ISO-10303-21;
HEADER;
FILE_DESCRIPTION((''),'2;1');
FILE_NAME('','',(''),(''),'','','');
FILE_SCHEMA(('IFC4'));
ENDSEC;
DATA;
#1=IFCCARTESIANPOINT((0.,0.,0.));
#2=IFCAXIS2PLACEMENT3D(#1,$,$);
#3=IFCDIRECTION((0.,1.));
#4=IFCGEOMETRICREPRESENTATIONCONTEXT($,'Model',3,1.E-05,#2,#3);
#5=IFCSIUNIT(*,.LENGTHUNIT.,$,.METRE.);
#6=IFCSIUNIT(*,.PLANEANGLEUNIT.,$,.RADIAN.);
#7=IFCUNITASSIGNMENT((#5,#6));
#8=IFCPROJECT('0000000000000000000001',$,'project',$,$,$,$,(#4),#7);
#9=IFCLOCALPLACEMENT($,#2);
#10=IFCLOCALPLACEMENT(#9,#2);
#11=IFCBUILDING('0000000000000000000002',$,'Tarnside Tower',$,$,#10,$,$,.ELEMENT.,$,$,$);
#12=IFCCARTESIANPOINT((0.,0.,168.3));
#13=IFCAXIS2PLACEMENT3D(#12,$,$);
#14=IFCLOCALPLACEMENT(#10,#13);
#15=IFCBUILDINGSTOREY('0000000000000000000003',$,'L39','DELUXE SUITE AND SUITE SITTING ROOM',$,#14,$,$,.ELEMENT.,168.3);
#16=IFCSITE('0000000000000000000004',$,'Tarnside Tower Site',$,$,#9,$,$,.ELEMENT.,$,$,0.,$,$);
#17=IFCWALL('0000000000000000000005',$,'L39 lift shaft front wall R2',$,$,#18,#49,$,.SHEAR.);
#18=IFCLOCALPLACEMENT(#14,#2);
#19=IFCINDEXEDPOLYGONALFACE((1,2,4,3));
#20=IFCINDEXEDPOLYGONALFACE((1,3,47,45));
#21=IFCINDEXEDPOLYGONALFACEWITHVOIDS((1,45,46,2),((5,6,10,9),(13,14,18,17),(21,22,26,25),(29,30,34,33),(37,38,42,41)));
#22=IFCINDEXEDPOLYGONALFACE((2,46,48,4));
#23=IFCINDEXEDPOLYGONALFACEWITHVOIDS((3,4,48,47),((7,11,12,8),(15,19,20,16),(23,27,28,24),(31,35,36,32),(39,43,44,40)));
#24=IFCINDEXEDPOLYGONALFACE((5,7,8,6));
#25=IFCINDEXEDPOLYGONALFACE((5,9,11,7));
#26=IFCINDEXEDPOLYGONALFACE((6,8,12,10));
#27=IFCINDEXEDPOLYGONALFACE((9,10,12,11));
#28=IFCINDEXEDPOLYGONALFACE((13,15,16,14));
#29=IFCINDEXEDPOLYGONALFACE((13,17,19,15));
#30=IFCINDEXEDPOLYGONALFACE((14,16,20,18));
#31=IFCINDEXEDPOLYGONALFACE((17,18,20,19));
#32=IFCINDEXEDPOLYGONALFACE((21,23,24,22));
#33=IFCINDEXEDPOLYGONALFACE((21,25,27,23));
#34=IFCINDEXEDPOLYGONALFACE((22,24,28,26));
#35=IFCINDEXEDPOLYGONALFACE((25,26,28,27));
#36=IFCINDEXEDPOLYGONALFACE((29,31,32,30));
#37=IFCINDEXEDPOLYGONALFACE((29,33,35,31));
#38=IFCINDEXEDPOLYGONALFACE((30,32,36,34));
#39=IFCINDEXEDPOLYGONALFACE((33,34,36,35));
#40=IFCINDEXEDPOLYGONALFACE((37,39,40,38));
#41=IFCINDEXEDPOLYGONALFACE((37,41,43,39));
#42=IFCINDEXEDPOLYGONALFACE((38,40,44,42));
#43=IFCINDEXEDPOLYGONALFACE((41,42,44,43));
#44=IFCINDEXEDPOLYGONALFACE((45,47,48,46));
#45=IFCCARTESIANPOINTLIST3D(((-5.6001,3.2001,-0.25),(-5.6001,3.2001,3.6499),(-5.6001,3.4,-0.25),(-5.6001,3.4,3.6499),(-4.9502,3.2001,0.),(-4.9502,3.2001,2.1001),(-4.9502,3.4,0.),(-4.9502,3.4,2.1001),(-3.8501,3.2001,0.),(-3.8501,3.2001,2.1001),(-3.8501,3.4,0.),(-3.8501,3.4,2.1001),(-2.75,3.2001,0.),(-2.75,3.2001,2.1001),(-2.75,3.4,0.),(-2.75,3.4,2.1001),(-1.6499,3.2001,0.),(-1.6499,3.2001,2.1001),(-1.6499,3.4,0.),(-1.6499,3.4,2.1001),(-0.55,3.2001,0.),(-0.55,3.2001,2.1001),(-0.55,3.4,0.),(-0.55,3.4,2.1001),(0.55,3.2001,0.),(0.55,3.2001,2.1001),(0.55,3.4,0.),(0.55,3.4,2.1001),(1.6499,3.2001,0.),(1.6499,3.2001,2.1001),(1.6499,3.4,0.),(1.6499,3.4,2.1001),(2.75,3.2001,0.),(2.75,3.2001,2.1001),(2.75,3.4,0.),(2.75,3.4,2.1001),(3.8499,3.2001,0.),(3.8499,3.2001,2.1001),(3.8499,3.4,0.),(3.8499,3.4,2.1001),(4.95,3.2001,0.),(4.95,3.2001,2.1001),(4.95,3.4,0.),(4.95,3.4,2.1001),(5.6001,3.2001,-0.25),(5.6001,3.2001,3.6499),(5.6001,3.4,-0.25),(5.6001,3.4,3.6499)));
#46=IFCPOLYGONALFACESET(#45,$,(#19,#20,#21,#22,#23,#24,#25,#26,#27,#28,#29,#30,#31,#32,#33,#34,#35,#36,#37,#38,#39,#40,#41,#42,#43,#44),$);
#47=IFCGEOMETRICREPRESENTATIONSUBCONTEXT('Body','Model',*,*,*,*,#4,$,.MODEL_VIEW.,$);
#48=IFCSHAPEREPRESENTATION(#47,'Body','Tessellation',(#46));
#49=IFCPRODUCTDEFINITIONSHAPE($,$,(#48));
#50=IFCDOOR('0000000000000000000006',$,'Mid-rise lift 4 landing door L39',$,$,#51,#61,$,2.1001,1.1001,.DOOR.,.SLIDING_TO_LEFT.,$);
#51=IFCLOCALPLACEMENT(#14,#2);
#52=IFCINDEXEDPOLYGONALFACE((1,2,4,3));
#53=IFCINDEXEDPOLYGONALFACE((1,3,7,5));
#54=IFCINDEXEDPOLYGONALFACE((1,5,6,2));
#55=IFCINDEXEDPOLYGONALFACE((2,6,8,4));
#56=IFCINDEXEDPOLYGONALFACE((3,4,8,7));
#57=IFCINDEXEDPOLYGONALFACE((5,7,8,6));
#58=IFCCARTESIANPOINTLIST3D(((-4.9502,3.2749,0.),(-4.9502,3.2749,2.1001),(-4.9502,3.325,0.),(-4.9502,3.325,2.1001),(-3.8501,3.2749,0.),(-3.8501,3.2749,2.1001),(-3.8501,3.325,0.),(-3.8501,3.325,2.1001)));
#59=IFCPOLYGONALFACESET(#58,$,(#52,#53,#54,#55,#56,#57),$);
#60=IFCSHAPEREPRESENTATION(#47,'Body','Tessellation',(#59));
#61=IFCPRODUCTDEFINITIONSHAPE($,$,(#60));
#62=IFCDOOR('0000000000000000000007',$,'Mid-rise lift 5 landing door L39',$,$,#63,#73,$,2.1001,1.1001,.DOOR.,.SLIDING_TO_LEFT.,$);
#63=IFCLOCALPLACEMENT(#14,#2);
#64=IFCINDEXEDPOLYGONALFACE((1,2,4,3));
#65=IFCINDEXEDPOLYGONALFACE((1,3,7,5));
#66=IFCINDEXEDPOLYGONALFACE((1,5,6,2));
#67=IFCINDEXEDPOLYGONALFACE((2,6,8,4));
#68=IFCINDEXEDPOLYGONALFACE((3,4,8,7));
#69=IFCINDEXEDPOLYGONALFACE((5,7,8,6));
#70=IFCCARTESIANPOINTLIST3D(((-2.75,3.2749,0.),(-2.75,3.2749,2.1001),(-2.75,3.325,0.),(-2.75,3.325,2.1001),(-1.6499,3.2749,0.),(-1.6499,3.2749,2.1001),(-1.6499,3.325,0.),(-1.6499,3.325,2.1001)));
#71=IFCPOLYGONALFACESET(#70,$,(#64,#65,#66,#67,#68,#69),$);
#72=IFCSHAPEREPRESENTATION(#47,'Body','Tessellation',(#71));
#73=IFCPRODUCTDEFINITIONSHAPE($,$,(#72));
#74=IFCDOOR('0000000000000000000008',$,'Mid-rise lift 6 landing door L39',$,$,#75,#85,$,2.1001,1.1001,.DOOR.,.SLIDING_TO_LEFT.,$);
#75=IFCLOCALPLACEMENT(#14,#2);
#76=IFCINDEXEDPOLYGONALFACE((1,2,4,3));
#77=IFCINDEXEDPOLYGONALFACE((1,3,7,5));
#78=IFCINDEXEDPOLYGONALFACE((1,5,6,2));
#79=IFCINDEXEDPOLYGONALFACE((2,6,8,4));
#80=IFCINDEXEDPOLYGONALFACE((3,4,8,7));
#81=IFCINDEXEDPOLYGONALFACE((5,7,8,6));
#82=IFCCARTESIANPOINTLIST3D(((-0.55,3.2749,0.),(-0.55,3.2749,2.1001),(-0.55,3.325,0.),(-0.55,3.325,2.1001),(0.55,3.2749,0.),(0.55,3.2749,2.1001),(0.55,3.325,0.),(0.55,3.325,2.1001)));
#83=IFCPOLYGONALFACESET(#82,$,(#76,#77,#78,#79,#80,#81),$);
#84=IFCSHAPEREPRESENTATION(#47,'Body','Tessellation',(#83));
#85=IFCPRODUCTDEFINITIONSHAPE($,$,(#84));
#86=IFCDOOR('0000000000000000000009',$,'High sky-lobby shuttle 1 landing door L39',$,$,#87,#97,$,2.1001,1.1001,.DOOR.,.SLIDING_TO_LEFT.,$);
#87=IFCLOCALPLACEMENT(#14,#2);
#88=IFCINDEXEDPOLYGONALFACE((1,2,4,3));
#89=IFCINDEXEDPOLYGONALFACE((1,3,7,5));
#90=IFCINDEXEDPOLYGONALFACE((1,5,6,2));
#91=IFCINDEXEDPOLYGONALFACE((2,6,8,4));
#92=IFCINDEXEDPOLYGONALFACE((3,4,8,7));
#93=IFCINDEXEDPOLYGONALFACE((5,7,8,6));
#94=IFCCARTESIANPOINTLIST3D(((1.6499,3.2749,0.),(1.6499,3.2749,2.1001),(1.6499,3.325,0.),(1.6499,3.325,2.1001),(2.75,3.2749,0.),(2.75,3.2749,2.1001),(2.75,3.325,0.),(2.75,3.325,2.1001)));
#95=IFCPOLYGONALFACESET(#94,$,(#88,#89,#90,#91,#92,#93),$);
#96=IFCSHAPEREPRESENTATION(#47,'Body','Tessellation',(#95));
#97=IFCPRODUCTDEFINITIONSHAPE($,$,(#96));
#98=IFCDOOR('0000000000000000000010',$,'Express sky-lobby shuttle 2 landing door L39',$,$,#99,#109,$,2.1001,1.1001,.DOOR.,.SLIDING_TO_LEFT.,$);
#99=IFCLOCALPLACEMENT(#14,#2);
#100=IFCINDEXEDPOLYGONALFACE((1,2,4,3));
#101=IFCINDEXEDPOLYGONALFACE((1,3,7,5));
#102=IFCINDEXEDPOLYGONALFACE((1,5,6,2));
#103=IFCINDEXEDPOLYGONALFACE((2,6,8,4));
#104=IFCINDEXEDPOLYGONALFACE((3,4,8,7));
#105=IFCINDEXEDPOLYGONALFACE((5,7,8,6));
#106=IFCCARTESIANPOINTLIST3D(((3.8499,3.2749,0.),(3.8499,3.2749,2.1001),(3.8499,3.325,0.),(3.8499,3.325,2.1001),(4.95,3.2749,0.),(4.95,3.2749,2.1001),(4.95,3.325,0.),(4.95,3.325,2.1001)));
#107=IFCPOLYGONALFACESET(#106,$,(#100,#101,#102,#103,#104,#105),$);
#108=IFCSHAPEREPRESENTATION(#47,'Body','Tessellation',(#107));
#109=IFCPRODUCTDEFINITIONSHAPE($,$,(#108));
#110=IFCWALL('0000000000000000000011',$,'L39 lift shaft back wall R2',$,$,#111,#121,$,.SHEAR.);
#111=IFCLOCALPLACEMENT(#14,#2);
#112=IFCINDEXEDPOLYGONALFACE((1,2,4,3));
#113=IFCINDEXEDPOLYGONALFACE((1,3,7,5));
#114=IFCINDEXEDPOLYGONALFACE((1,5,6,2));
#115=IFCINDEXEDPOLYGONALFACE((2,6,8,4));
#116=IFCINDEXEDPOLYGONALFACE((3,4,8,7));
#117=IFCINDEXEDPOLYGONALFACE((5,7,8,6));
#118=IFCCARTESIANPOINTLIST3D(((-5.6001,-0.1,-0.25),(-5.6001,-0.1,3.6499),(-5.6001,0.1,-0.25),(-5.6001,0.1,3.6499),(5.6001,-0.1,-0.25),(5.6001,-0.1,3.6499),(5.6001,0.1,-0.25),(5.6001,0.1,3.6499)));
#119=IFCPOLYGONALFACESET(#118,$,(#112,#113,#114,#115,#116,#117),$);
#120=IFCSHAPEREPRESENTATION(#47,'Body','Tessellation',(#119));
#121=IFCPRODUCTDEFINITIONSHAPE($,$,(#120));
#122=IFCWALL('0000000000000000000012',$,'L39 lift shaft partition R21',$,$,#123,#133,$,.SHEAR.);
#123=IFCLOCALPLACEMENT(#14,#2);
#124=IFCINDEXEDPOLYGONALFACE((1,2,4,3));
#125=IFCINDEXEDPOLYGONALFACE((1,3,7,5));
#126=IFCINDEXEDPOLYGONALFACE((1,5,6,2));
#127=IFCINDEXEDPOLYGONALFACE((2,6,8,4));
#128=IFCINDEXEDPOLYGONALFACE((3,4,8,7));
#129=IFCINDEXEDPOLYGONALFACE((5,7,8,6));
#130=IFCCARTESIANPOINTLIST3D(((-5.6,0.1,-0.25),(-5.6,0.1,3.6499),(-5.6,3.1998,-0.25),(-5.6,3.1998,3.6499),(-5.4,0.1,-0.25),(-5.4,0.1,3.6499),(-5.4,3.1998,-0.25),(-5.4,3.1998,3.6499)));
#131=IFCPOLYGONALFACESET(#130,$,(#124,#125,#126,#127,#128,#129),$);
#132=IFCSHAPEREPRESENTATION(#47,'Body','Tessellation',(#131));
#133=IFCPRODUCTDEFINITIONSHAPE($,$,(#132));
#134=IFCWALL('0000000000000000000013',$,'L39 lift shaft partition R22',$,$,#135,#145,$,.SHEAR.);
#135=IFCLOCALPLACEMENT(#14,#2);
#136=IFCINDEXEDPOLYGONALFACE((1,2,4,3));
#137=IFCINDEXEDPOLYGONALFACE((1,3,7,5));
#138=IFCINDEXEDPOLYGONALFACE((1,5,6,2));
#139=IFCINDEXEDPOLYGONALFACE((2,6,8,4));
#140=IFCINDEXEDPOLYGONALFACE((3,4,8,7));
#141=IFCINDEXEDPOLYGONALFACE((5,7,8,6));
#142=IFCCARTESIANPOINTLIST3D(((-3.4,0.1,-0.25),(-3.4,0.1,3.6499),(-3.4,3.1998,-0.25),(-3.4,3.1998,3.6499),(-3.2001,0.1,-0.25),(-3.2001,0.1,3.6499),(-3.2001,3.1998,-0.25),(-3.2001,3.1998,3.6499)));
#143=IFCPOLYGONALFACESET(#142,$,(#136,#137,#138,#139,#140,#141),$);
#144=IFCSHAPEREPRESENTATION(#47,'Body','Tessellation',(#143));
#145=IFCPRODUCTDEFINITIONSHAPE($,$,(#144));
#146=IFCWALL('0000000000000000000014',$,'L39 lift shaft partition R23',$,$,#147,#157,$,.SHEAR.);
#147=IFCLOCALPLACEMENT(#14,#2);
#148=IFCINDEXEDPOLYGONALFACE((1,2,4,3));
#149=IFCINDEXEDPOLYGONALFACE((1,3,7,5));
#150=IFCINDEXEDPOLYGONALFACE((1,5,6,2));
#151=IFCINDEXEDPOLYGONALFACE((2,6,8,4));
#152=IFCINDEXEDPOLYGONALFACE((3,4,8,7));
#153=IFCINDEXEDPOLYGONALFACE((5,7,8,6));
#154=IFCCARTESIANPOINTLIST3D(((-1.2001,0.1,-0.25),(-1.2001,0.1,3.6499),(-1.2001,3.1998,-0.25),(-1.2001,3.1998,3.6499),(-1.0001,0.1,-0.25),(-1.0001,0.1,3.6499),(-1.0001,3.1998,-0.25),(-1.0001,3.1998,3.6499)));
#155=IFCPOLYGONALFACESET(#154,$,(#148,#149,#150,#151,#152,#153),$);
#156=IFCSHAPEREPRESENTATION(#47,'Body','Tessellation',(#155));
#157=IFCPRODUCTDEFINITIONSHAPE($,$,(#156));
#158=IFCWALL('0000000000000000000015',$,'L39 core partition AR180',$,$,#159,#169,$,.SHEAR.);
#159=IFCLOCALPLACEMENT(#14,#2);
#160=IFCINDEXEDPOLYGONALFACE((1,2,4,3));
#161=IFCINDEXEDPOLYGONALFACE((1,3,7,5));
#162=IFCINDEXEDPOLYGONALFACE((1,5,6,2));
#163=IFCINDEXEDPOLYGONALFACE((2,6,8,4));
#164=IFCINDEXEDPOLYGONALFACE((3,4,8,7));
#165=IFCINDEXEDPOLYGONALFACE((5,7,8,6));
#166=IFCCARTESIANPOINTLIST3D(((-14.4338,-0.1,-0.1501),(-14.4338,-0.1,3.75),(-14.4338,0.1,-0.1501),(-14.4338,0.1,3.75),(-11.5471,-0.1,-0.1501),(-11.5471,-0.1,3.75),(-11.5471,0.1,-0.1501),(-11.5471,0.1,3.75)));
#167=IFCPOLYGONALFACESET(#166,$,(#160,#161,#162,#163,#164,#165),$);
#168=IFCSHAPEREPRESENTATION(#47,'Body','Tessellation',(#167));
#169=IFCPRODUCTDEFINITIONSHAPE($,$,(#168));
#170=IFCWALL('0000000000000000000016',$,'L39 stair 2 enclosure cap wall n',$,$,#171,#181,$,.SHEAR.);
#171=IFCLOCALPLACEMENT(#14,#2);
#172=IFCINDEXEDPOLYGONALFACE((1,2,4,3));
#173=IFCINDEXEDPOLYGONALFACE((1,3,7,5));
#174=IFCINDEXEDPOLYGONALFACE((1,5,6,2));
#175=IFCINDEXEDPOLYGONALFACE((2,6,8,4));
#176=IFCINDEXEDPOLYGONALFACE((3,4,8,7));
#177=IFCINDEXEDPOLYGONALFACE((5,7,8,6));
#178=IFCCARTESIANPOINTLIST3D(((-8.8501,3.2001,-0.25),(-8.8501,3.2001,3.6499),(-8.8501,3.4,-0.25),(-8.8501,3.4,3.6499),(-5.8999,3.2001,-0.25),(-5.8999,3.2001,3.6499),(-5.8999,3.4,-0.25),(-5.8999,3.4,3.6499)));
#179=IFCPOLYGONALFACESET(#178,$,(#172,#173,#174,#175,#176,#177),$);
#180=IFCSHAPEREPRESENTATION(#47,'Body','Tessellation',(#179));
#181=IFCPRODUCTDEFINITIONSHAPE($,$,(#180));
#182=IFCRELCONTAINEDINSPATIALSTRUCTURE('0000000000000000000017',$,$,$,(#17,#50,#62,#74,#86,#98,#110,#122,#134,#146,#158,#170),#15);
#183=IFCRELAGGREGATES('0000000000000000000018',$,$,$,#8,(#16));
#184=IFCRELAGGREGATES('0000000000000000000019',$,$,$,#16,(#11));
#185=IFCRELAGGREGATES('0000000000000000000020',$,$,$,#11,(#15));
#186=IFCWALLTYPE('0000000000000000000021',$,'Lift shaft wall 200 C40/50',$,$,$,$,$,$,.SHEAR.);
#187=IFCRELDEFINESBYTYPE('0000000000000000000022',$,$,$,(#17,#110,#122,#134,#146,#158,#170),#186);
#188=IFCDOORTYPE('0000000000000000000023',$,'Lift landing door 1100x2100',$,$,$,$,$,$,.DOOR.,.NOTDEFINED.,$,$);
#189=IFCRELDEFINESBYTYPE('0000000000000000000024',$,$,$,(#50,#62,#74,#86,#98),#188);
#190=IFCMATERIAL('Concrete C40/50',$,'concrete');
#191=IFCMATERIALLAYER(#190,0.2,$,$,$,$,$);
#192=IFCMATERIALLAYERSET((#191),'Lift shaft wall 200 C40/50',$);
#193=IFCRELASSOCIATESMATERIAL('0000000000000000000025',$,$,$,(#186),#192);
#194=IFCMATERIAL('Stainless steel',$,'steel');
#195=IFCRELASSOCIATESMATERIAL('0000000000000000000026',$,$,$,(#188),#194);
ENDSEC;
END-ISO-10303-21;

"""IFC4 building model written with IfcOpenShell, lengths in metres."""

from ifc_helpers import new_model, si_unit, direction, frame, frame_2d, origin, place, context, subcontext, project, spatial, rectangle, extrude, material, layer, layer_set, type_object, element, fill, save


model = new_model("IFC4")

# Units and contexts
model_context = context("Model", 3, precision=1e-05, world=origin(), true_north=direction((0.0, 1.0)))
body_context = subcontext(model_context, "Body", "Model", "MODEL_VIEW")
ifc_project = project(units=[si_unit("LENGTHUNIT", "METRE"), si_unit("PLANEANGLEUNIT", "RADIAN")], contexts=[model_context])

# Site, building, storey
site_placement = place(None, origin())
site = spatial("IfcSite", under=ifc_project, at=site_placement, Name="Tarnside Tower Site", CompositionType="ELEMENT", RefElevation=0.0)
building_placement = place(site_placement, origin())
building = spatial("IfcBuilding", under=site, at=building_placement, Name="Tarnside Tower", CompositionType="ELEMENT")
storey_placement = place(building_placement, frame((0.0, 0.0, 168.3)))
storey = spatial("IfcBuildingStorey", under=building, at=storey_placement, Name="L39", Description="DELUXE SUITE AND SUITE SITTING ROOM", CompositionType="ELEMENT", Elevation=168.3)

# Shared definitions
ifc_material_1 = material(Name="Concrete C40/50", Category="concrete")

# Shared definitions
ifc_layer_1 = layer(ifc_material_1, 0.2)
ifc_layer_set_1 = layer_set([ifc_layer_1], Name="Lift shaft wall 200 C40/50")
wall_type_1 = type_object("IfcWallType", Name="Lift shaft wall 200 C40/50", PredefinedType="SHEAR", material=ifc_layer_set_1)
ifc_material_2 = material(Name="Stainless steel", Category="steel")
door_type_1 = type_object("IfcDoorType", Name="Lift landing door 1100x2100", OperationType="NOTDEFINED", PredefinedType="DOOR", material=ifc_material_2)

# Wall, openings, doors
wall_1_placement = place(storey_placement, frame((-5.6001, 3.3, -0.25), z_axis=(0.0, 0.0, 1.0), x_axis=(1.0, 0.0, 0.0)))
wall_1 = element("IfcWall", 1, at=wall_1_placement, inside=storey, type_object=wall_type_1, Name="L39 lift shaft front wall R2", PredefinedType="SHEAR", context=body_context, shape_type="SweptSolid", body=[
    extrude(rectangle(XDim=11.2002, YDim=0.2, at=frame_2d((5.6001, 0.0))), origin(), (0.0, 0.0, 1.0), 3.8999),
])
opening_1_placement = place(wall_1_placement, frame((0.6499, 0.0, 0.25)))
opening_1 = element("IfcOpeningElement", 2, at=opening_1_placement, cuts=wall_1, PredefinedType="OPENING", context=body_context, shape_type="SweptSolid", body=[
    extrude(rectangle(XDim=1.1001, YDim=2.1001, at=frame_2d((0.55, 1.05))), frame((0.0, 0.1099, 0.0), z_axis=(0.0, -1.0, 0.0), x_axis=(1.0, 0.0, 0.0)), (0.0, 0.0, 1.0), 0.22),
])
opening_2_placement = place(wall_1_placement, frame((2.8501, 0.0, 0.25)))
opening_2 = element("IfcOpeningElement", 3, at=opening_2_placement, cuts=wall_1, PredefinedType="OPENING", context=body_context, shape_type="SweptSolid", body=[
    extrude(rectangle(XDim=1.1001, YDim=2.1001, at=frame_2d((0.55, 1.05))), frame((0.0, 0.1099, 0.0), z_axis=(0.0, -1.0, 0.0), x_axis=(1.0, 0.0, 0.0)), (0.0, 0.0, 1.0), 0.22),
])
opening_3_placement = place(wall_1_placement, frame((5.05, 0.0, 0.25)))
opening_3 = element("IfcOpeningElement", 4, at=opening_3_placement, cuts=wall_1, PredefinedType="OPENING", context=body_context, shape_type="SweptSolid", body=[
    extrude(rectangle(XDim=1.1001, YDim=2.1001, at=frame_2d((0.55, 1.05))), frame((0.0, 0.1099, 0.0), z_axis=(0.0, -1.0, 0.0), x_axis=(1.0, 0.0, 0.0)), (0.0, 0.0, 1.0), 0.22),
])
opening_4_placement = place(wall_1_placement, frame((7.25, 0.0, 0.25)))
opening_4 = element("IfcOpeningElement", 5, at=opening_4_placement, cuts=wall_1, PredefinedType="OPENING", context=body_context, shape_type="SweptSolid", body=[
    extrude(rectangle(XDim=1.1001, YDim=2.1001, at=frame_2d((0.55, 1.05))), frame((0.0, 0.1099, 0.0), z_axis=(0.0, -1.0, 0.0), x_axis=(1.0, 0.0, 0.0)), (0.0, 0.0, 1.0), 0.22),
])
opening_5_placement = place(wall_1_placement, frame((9.45, 0.0, 0.25)))
opening_5 = element("IfcOpeningElement", 6, at=opening_5_placement, cuts=wall_1, PredefinedType="OPENING", context=body_context, shape_type="SweptSolid", body=[
    extrude(rectangle(XDim=1.1001, YDim=2.1001, at=frame_2d((0.55, 1.05))), frame((0.0, 0.1099, 0.0), z_axis=(0.0, -1.0, 0.0), x_axis=(1.0, 0.0, 0.0)), (0.0, 0.0, 1.0), 0.22),
])
door_1_placement = place(opening_1_placement, origin())
door_1 = element("IfcDoor", 7, at=door_1_placement, inside=storey, type_object=door_type_1, Name="Mid-rise lift 4 landing door L39", OperationType="SLIDING_TO_LEFT", OverallHeight=2.1001, OverallWidth=1.1001, PredefinedType="DOOR", context=body_context, shape_type="SweptSolid", body=[
    extrude(rectangle(XDim=1.1001, YDim=2.1001, at=frame_2d((0.55, 1.05))), frame((0.0, 0.0249, 0.0), z_axis=(0.0, -1.0, 0.0), x_axis=(1.0, 0.0, 0.0)), (0.0, 0.0, 1.0), 0.05),
])
fill(opening_1, door_1)
door_2_placement = place(opening_2_placement, origin())
door_2 = element("IfcDoor", 8, at=door_2_placement, inside=storey, type_object=door_type_1, Name="Mid-rise lift 5 landing door L39", OperationType="SLIDING_TO_LEFT", OverallHeight=2.1001, OverallWidth=1.1001, PredefinedType="DOOR", context=body_context, shape_type="SweptSolid", body=[
    extrude(rectangle(XDim=1.1001, YDim=2.1001, at=frame_2d((0.55, 1.05))), frame((0.0, 0.0249, 0.0), z_axis=(0.0, -1.0, 0.0), x_axis=(1.0, 0.0, 0.0)), (0.0, 0.0, 1.0), 0.05),
])
fill(opening_2, door_2)
door_3_placement = place(opening_3_placement, origin())
door_3 = element("IfcDoor", 9, at=door_3_placement, inside=storey, type_object=door_type_1, Name="Mid-rise lift 6 landing door L39", OperationType="SLIDING_TO_LEFT", OverallHeight=2.1001, OverallWidth=1.1001, PredefinedType="DOOR", context=body_context, shape_type="SweptSolid", body=[
    extrude(rectangle(XDim=1.1001, YDim=2.1001, at=frame_2d((0.55, 1.05))), frame((0.0, 0.0249, 0.0), z_axis=(0.0, -1.0, 0.0), x_axis=(1.0, 0.0, 0.0)), (0.0, 0.0, 1.0), 0.05),
])
fill(opening_3, door_3)
door_4_placement = place(opening_4_placement, origin())
door_4 = element("IfcDoor", 10, at=door_4_placement, inside=storey, type_object=door_type_1, Name="High sky-lobby shuttle 1 landing door L39", OperationType="SLIDING_TO_LEFT", OverallHeight=2.1001, OverallWidth=1.1001, PredefinedType="DOOR", context=body_context, shape_type="SweptSolid", body=[
    extrude(rectangle(XDim=1.1001, YDim=2.1001, at=frame_2d((0.55, 1.05))), frame((0.0, 0.0249, 0.0), z_axis=(0.0, -1.0, 0.0), x_axis=(1.0, 0.0, 0.0)), (0.0, 0.0, 1.0), 0.05),
])
fill(opening_4, door_4)
door_5_placement = place(opening_5_placement, origin())
door_5 = element("IfcDoor", 11, at=door_5_placement, inside=storey, type_object=door_type_1, Name="Express sky-lobby shuttle 2 landing door L39", OperationType="SLIDING_TO_LEFT", OverallHeight=2.1001, OverallWidth=1.1001, PredefinedType="DOOR", context=body_context, shape_type="SweptSolid", body=[
    extrude(rectangle(XDim=1.1001, YDim=2.1001, at=frame_2d((0.55, 1.05))), frame((0.0, 0.0249, 0.0), z_axis=(0.0, -1.0, 0.0), x_axis=(1.0, 0.0, 0.0)), (0.0, 0.0, 1.0), 0.05),
])
fill(opening_5, door_5)

# Walls
wall_2_placement = place(storey_placement, frame((-5.6001, 0.0, -0.25), z_axis=(0.0, 0.0, 1.0), x_axis=(1.0, 0.0, 0.0)))
element("IfcWall", 12, at=wall_2_placement, inside=storey, type_object=wall_type_1, Name="L39 lift shaft back wall R2", PredefinedType="SHEAR", context=body_context, shape_type="SweptSolid", body=[
    extrude(rectangle(XDim=11.2002, YDim=0.2, at=frame_2d((5.6001, 0.0))), origin(), (0.0, 0.0, 1.0), 3.8999),
])
for number, where, z_axis, x_axis, name in (
    (13, (-5.5, 0.1001, -0.25), (0.0, 0.0, 1.0), (0.0, 1.0, 0.0), "L39 lift shaft partition R21"),
    (14, (-3.3, 0.1001, -0.25), (0.0, 0.0, 1.0), (0.0, 1.0, 0.0), "L39 lift shaft partition R22"),
    (15, (-1.1001, 0.1001, -0.25), (0.0, 0.0, 1.0), (0.0, 1.0, 0.0), "L39 lift shaft partition R23"),
):
    element("IfcWall", number, at=place(storey_placement, frame(where, z_axis=z_axis, x_axis=x_axis)), inside=storey, type_object=wall_type_1, Name=name, PredefinedType="SHEAR", context=body_context, shape_type="SweptSolid", body=[
        extrude(rectangle(XDim=3.0999, YDim=0.2, at=frame_2d((1.5498, 0.0))), origin(), (0.0, 0.0, 1.0), 3.8999),
    ])
wall_3_placement = place(storey_placement, frame((-11.5471, 0.0, -0.1501), z_axis=(0.0, 0.0, 1.0), x_axis=(-1.0, 0.0, 0.0)))
element("IfcWall", 16, at=wall_3_placement, inside=storey, type_object=wall_type_1, Name="L39 core partition AR180", PredefinedType="SHEAR", context=body_context, shape_type="SweptSolid", body=[
    extrude(rectangle(XDim=2.8867, YDim=0.2, at=frame_2d((1.4434, 0.0))), origin(), (0.0, 0.0, 1.0), 3.9001),
])
wall_4_placement = place(storey_placement, frame((-8.8501, 3.3, -0.25), z_axis=(0.0, 0.0, 1.0), x_axis=(1.0, 0.0, 0.0)))
element("IfcWall", 17, at=wall_4_placement, inside=storey, type_object=wall_type_1, Name="L39 stair 2 enclosure cap wall n", PredefinedType="SHEAR", context=body_context, shape_type="SweptSolid", body=[
    extrude(rectangle(XDim=2.9502, YDim=0.2, at=frame_2d((1.4751, 0.0))), origin(), (0.0, 0.0, 1.0), 3.8999),
])

save(model, "model.ifc")
